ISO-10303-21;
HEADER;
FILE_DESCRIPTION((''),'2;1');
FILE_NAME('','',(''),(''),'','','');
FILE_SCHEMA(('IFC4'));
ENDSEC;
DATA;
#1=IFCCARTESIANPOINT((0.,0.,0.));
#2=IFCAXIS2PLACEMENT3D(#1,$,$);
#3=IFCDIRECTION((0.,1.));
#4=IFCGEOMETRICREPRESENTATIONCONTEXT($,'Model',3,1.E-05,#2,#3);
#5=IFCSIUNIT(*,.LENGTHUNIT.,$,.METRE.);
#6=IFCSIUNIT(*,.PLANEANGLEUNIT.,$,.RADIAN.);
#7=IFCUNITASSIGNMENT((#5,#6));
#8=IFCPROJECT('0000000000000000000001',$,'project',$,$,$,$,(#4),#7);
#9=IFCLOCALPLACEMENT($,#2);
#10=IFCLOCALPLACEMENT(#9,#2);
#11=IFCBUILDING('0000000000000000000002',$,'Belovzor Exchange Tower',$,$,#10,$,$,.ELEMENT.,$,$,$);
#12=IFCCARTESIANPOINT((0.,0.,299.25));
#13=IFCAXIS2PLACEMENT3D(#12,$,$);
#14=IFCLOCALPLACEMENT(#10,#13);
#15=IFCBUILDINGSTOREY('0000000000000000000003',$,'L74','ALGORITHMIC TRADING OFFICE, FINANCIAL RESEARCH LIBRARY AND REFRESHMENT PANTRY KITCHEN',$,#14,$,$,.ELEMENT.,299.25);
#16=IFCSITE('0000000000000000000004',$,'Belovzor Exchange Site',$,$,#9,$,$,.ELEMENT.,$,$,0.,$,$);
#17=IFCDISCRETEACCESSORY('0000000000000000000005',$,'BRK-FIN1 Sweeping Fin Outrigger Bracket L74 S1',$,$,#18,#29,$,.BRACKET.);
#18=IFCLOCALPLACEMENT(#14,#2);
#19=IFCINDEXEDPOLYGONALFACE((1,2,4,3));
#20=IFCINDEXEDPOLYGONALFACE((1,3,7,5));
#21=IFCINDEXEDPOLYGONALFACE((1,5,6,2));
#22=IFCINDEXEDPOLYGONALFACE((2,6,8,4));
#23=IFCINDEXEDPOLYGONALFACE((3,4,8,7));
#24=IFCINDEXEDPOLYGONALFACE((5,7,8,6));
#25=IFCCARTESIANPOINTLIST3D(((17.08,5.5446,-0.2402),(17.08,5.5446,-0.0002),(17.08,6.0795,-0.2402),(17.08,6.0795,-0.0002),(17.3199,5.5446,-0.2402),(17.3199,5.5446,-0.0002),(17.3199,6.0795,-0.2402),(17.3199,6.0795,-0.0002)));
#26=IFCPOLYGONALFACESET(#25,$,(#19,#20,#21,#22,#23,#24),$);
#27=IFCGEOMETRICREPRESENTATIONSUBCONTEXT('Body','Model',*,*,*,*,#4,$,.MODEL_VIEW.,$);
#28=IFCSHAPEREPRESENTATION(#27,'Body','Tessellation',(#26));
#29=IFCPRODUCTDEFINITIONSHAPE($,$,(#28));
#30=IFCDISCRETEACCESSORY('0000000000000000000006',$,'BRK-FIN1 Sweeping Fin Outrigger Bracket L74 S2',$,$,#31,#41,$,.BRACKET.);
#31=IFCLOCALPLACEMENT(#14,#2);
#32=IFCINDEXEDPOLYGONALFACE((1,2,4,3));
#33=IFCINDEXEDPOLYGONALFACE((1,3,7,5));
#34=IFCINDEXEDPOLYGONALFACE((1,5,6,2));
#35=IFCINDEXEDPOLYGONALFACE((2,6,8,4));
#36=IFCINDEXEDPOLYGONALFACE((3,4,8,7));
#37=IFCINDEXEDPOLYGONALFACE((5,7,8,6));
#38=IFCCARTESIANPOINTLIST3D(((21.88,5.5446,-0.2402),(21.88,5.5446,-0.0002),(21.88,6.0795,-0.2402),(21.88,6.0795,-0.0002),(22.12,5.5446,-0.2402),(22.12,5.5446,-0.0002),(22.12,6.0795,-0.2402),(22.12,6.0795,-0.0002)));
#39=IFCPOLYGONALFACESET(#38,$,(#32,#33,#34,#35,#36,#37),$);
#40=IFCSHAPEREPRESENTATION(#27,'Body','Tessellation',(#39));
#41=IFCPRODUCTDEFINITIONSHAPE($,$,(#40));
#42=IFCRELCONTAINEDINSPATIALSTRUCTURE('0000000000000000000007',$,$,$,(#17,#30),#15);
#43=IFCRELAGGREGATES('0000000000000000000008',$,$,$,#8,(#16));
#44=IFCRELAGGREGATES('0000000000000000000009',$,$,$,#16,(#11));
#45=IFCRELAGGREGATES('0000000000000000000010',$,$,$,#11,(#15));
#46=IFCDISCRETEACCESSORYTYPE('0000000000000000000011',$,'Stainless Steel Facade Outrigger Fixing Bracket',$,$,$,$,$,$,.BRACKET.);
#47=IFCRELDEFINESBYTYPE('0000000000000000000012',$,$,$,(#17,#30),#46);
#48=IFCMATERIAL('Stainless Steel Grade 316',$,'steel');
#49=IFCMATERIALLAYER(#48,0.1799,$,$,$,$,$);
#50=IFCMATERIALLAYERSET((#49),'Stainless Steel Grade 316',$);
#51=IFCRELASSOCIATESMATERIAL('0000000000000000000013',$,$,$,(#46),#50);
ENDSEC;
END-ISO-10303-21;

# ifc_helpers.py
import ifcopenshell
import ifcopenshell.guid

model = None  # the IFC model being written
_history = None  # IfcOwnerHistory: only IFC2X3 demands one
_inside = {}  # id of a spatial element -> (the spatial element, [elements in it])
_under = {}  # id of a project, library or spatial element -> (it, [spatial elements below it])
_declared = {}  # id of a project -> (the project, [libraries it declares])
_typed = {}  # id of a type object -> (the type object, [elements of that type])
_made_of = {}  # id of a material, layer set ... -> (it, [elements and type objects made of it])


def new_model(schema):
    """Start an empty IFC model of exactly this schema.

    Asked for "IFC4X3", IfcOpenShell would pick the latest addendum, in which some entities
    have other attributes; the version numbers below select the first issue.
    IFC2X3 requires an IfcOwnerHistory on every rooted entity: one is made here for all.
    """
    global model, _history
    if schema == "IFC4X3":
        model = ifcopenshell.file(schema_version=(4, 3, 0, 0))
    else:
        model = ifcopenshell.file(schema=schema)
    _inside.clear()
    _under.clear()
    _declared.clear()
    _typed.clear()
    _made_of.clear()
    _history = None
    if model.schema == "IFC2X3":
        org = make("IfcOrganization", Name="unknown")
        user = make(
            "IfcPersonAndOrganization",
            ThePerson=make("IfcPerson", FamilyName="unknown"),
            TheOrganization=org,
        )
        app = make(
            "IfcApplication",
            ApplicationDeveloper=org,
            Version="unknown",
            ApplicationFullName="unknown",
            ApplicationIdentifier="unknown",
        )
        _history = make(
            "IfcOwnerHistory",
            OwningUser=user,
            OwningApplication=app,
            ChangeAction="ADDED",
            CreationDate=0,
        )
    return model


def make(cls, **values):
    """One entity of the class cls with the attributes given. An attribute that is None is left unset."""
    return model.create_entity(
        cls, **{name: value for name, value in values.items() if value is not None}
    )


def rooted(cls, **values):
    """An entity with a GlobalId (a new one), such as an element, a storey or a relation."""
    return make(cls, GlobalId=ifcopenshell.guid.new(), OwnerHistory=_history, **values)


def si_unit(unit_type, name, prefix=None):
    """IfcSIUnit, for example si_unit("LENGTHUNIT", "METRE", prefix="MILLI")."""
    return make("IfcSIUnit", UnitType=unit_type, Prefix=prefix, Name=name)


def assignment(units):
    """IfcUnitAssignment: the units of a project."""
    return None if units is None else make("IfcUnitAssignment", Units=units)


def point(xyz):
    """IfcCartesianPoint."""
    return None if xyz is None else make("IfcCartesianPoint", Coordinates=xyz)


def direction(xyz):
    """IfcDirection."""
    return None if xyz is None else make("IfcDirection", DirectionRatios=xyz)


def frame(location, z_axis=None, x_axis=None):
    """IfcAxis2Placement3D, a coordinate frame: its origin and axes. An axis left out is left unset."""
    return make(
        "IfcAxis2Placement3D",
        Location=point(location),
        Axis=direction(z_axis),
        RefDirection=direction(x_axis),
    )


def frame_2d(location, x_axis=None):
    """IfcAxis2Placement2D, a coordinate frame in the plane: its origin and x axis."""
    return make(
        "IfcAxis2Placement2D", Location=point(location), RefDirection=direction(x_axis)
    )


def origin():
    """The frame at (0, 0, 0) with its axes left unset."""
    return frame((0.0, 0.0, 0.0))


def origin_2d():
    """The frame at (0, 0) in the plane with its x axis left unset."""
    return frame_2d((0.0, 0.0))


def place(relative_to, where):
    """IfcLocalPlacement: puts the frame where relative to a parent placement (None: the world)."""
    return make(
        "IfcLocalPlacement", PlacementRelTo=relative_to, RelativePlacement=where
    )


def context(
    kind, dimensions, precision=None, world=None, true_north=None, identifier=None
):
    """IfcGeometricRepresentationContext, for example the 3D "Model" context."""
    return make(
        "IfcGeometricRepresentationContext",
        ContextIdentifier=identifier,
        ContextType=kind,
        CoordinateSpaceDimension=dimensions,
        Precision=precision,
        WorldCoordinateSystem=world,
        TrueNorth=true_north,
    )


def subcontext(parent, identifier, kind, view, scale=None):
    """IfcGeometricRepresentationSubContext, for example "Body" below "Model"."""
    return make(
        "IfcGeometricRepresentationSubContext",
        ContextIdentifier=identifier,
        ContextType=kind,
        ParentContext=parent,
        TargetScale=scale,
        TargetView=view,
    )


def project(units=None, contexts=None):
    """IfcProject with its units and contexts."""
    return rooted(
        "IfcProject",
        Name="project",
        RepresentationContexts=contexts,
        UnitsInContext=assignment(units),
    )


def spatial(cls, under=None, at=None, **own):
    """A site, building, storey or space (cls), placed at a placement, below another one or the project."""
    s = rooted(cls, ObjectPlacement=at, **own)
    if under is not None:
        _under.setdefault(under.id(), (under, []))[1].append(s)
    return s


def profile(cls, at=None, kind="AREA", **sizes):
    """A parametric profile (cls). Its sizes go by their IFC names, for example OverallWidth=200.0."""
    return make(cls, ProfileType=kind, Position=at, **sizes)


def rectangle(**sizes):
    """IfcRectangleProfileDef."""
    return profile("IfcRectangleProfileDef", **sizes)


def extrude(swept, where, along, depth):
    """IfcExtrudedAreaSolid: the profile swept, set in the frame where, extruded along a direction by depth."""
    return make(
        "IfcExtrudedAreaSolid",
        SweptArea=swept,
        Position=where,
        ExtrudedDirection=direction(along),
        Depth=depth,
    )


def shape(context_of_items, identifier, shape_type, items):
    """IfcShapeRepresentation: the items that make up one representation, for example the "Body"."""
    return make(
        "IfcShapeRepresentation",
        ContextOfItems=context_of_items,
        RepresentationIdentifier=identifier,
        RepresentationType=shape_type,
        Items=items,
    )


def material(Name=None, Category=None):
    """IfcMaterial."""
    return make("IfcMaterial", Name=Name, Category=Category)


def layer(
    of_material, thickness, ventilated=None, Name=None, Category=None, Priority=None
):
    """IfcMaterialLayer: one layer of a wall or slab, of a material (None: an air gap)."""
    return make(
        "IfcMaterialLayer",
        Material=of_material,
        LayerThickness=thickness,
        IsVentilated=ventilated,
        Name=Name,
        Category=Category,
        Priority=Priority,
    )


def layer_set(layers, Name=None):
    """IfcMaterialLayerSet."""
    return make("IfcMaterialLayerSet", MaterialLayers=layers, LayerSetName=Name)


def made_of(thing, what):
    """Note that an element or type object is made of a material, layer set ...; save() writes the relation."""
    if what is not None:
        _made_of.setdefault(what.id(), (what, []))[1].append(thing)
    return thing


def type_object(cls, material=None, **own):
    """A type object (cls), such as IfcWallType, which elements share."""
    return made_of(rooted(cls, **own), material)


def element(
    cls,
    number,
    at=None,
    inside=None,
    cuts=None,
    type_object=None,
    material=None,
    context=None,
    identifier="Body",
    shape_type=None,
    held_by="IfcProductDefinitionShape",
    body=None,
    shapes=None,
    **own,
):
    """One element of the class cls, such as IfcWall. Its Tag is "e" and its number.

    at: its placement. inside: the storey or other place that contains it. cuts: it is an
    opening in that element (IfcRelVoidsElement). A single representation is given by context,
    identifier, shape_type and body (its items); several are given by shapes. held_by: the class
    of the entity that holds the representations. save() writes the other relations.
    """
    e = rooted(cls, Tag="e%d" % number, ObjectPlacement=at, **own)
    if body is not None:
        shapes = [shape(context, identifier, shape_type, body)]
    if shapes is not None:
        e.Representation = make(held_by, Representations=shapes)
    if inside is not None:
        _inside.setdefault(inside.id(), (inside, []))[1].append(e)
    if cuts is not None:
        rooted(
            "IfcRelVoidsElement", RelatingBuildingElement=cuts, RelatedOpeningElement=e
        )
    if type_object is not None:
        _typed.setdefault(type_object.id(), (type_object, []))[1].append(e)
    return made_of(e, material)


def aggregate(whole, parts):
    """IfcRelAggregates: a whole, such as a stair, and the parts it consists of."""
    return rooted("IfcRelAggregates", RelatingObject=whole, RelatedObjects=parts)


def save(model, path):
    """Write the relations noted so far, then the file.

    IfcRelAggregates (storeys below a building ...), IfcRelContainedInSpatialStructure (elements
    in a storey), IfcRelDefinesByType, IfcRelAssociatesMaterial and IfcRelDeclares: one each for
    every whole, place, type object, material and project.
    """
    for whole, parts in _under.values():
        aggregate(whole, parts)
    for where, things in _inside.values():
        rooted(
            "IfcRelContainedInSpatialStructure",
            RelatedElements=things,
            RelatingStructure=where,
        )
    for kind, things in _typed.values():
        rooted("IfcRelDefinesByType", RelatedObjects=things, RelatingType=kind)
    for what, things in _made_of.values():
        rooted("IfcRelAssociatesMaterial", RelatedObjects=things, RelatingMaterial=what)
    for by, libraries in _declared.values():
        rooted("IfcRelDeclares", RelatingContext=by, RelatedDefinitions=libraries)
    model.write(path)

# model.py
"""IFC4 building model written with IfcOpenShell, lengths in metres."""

from ifc_helpers import new_model, si_unit, direction, frame, origin, origin_2d, place, context, subcontext, project, spatial, rectangle, extrude, material, layer, layer_set, type_object, element, save


model = new_model("IFC4")

# Units and contexts
model_context = context("Model", 3, precision=1e-05, world=origin(), true_north=direction((0.0, 1.0)))
body_context = subcontext(model_context, "Body", "Model", "MODEL_VIEW")
ifc_project = project(units=[si_unit("LENGTHUNIT", "METRE"), si_unit("PLANEANGLEUNIT", "RADIAN")], contexts=[model_context])

# Site, building, storey
site_placement = place(None, origin())
site = spatial("IfcSite", under=ifc_project, at=site_placement, Name="Belovzor Exchange Site", CompositionType="ELEMENT", RefElevation=0.0)
building_placement = place(site_placement, origin())
building = spatial("IfcBuilding", under=site, at=building_placement, Name="Belovzor Exchange Tower", CompositionType="ELEMENT")
storey_placement = place(building_placement, frame((0.0, 0.0, 299.25)))
storey = spatial("IfcBuildingStorey", under=building, at=storey_placement, Name="L74", Description="ALGORITHMIC TRADING OFFICE, FINANCIAL RESEARCH LIBRARY AND REFRESHMENT PANTRY KITCHEN", CompositionType="ELEMENT", Elevation=299.25)

# Discrete accessories
ifc_material_1 = material(Name="Stainless Steel Grade 316", Category="steel")
ifc_layer_1 = layer(ifc_material_1, 0.1799)
ifc_layer_set_1 = layer_set([ifc_layer_1], Name="Stainless Steel Grade 316")
discrete_accessory_type = type_object("IfcDiscreteAccessoryType", Name="Stainless Steel Facade Outrigger Fixing Bracket", PredefinedType="BRACKET", material=ifc_layer_set_1)
for number, where, z_axis, x_axis, name in (
    (1, (17.2, 5.812, -0.2402), (0.0, 0.0, 1.0), (0.0, 1.0, 0.0), "BRK-FIN1 Sweeping Fin Outrigger Bracket L74 S1"),
    (2, (22.0, 5.812, -0.2402), (0.0, 0.0, 1.0), (0.0, 1.0, 0.0), "BRK-FIN1 Sweeping Fin Outrigger Bracket L74 S2"),
):
    element("IfcDiscreteAccessory", number, at=place(storey_placement, frame(where, z_axis=z_axis, x_axis=x_axis)), inside=storey, type_object=discrete_accessory_type, Name=name, PredefinedType="BRACKET", context=body_context, shape_type="SweptSolid", body=[
        extrude(rectangle(XDim=0.5349, YDim=0.24, at=origin_2d()), origin(), (0.0, 0.0, 1.0), 0.24),
    ])

save(model, "model.ifc")
